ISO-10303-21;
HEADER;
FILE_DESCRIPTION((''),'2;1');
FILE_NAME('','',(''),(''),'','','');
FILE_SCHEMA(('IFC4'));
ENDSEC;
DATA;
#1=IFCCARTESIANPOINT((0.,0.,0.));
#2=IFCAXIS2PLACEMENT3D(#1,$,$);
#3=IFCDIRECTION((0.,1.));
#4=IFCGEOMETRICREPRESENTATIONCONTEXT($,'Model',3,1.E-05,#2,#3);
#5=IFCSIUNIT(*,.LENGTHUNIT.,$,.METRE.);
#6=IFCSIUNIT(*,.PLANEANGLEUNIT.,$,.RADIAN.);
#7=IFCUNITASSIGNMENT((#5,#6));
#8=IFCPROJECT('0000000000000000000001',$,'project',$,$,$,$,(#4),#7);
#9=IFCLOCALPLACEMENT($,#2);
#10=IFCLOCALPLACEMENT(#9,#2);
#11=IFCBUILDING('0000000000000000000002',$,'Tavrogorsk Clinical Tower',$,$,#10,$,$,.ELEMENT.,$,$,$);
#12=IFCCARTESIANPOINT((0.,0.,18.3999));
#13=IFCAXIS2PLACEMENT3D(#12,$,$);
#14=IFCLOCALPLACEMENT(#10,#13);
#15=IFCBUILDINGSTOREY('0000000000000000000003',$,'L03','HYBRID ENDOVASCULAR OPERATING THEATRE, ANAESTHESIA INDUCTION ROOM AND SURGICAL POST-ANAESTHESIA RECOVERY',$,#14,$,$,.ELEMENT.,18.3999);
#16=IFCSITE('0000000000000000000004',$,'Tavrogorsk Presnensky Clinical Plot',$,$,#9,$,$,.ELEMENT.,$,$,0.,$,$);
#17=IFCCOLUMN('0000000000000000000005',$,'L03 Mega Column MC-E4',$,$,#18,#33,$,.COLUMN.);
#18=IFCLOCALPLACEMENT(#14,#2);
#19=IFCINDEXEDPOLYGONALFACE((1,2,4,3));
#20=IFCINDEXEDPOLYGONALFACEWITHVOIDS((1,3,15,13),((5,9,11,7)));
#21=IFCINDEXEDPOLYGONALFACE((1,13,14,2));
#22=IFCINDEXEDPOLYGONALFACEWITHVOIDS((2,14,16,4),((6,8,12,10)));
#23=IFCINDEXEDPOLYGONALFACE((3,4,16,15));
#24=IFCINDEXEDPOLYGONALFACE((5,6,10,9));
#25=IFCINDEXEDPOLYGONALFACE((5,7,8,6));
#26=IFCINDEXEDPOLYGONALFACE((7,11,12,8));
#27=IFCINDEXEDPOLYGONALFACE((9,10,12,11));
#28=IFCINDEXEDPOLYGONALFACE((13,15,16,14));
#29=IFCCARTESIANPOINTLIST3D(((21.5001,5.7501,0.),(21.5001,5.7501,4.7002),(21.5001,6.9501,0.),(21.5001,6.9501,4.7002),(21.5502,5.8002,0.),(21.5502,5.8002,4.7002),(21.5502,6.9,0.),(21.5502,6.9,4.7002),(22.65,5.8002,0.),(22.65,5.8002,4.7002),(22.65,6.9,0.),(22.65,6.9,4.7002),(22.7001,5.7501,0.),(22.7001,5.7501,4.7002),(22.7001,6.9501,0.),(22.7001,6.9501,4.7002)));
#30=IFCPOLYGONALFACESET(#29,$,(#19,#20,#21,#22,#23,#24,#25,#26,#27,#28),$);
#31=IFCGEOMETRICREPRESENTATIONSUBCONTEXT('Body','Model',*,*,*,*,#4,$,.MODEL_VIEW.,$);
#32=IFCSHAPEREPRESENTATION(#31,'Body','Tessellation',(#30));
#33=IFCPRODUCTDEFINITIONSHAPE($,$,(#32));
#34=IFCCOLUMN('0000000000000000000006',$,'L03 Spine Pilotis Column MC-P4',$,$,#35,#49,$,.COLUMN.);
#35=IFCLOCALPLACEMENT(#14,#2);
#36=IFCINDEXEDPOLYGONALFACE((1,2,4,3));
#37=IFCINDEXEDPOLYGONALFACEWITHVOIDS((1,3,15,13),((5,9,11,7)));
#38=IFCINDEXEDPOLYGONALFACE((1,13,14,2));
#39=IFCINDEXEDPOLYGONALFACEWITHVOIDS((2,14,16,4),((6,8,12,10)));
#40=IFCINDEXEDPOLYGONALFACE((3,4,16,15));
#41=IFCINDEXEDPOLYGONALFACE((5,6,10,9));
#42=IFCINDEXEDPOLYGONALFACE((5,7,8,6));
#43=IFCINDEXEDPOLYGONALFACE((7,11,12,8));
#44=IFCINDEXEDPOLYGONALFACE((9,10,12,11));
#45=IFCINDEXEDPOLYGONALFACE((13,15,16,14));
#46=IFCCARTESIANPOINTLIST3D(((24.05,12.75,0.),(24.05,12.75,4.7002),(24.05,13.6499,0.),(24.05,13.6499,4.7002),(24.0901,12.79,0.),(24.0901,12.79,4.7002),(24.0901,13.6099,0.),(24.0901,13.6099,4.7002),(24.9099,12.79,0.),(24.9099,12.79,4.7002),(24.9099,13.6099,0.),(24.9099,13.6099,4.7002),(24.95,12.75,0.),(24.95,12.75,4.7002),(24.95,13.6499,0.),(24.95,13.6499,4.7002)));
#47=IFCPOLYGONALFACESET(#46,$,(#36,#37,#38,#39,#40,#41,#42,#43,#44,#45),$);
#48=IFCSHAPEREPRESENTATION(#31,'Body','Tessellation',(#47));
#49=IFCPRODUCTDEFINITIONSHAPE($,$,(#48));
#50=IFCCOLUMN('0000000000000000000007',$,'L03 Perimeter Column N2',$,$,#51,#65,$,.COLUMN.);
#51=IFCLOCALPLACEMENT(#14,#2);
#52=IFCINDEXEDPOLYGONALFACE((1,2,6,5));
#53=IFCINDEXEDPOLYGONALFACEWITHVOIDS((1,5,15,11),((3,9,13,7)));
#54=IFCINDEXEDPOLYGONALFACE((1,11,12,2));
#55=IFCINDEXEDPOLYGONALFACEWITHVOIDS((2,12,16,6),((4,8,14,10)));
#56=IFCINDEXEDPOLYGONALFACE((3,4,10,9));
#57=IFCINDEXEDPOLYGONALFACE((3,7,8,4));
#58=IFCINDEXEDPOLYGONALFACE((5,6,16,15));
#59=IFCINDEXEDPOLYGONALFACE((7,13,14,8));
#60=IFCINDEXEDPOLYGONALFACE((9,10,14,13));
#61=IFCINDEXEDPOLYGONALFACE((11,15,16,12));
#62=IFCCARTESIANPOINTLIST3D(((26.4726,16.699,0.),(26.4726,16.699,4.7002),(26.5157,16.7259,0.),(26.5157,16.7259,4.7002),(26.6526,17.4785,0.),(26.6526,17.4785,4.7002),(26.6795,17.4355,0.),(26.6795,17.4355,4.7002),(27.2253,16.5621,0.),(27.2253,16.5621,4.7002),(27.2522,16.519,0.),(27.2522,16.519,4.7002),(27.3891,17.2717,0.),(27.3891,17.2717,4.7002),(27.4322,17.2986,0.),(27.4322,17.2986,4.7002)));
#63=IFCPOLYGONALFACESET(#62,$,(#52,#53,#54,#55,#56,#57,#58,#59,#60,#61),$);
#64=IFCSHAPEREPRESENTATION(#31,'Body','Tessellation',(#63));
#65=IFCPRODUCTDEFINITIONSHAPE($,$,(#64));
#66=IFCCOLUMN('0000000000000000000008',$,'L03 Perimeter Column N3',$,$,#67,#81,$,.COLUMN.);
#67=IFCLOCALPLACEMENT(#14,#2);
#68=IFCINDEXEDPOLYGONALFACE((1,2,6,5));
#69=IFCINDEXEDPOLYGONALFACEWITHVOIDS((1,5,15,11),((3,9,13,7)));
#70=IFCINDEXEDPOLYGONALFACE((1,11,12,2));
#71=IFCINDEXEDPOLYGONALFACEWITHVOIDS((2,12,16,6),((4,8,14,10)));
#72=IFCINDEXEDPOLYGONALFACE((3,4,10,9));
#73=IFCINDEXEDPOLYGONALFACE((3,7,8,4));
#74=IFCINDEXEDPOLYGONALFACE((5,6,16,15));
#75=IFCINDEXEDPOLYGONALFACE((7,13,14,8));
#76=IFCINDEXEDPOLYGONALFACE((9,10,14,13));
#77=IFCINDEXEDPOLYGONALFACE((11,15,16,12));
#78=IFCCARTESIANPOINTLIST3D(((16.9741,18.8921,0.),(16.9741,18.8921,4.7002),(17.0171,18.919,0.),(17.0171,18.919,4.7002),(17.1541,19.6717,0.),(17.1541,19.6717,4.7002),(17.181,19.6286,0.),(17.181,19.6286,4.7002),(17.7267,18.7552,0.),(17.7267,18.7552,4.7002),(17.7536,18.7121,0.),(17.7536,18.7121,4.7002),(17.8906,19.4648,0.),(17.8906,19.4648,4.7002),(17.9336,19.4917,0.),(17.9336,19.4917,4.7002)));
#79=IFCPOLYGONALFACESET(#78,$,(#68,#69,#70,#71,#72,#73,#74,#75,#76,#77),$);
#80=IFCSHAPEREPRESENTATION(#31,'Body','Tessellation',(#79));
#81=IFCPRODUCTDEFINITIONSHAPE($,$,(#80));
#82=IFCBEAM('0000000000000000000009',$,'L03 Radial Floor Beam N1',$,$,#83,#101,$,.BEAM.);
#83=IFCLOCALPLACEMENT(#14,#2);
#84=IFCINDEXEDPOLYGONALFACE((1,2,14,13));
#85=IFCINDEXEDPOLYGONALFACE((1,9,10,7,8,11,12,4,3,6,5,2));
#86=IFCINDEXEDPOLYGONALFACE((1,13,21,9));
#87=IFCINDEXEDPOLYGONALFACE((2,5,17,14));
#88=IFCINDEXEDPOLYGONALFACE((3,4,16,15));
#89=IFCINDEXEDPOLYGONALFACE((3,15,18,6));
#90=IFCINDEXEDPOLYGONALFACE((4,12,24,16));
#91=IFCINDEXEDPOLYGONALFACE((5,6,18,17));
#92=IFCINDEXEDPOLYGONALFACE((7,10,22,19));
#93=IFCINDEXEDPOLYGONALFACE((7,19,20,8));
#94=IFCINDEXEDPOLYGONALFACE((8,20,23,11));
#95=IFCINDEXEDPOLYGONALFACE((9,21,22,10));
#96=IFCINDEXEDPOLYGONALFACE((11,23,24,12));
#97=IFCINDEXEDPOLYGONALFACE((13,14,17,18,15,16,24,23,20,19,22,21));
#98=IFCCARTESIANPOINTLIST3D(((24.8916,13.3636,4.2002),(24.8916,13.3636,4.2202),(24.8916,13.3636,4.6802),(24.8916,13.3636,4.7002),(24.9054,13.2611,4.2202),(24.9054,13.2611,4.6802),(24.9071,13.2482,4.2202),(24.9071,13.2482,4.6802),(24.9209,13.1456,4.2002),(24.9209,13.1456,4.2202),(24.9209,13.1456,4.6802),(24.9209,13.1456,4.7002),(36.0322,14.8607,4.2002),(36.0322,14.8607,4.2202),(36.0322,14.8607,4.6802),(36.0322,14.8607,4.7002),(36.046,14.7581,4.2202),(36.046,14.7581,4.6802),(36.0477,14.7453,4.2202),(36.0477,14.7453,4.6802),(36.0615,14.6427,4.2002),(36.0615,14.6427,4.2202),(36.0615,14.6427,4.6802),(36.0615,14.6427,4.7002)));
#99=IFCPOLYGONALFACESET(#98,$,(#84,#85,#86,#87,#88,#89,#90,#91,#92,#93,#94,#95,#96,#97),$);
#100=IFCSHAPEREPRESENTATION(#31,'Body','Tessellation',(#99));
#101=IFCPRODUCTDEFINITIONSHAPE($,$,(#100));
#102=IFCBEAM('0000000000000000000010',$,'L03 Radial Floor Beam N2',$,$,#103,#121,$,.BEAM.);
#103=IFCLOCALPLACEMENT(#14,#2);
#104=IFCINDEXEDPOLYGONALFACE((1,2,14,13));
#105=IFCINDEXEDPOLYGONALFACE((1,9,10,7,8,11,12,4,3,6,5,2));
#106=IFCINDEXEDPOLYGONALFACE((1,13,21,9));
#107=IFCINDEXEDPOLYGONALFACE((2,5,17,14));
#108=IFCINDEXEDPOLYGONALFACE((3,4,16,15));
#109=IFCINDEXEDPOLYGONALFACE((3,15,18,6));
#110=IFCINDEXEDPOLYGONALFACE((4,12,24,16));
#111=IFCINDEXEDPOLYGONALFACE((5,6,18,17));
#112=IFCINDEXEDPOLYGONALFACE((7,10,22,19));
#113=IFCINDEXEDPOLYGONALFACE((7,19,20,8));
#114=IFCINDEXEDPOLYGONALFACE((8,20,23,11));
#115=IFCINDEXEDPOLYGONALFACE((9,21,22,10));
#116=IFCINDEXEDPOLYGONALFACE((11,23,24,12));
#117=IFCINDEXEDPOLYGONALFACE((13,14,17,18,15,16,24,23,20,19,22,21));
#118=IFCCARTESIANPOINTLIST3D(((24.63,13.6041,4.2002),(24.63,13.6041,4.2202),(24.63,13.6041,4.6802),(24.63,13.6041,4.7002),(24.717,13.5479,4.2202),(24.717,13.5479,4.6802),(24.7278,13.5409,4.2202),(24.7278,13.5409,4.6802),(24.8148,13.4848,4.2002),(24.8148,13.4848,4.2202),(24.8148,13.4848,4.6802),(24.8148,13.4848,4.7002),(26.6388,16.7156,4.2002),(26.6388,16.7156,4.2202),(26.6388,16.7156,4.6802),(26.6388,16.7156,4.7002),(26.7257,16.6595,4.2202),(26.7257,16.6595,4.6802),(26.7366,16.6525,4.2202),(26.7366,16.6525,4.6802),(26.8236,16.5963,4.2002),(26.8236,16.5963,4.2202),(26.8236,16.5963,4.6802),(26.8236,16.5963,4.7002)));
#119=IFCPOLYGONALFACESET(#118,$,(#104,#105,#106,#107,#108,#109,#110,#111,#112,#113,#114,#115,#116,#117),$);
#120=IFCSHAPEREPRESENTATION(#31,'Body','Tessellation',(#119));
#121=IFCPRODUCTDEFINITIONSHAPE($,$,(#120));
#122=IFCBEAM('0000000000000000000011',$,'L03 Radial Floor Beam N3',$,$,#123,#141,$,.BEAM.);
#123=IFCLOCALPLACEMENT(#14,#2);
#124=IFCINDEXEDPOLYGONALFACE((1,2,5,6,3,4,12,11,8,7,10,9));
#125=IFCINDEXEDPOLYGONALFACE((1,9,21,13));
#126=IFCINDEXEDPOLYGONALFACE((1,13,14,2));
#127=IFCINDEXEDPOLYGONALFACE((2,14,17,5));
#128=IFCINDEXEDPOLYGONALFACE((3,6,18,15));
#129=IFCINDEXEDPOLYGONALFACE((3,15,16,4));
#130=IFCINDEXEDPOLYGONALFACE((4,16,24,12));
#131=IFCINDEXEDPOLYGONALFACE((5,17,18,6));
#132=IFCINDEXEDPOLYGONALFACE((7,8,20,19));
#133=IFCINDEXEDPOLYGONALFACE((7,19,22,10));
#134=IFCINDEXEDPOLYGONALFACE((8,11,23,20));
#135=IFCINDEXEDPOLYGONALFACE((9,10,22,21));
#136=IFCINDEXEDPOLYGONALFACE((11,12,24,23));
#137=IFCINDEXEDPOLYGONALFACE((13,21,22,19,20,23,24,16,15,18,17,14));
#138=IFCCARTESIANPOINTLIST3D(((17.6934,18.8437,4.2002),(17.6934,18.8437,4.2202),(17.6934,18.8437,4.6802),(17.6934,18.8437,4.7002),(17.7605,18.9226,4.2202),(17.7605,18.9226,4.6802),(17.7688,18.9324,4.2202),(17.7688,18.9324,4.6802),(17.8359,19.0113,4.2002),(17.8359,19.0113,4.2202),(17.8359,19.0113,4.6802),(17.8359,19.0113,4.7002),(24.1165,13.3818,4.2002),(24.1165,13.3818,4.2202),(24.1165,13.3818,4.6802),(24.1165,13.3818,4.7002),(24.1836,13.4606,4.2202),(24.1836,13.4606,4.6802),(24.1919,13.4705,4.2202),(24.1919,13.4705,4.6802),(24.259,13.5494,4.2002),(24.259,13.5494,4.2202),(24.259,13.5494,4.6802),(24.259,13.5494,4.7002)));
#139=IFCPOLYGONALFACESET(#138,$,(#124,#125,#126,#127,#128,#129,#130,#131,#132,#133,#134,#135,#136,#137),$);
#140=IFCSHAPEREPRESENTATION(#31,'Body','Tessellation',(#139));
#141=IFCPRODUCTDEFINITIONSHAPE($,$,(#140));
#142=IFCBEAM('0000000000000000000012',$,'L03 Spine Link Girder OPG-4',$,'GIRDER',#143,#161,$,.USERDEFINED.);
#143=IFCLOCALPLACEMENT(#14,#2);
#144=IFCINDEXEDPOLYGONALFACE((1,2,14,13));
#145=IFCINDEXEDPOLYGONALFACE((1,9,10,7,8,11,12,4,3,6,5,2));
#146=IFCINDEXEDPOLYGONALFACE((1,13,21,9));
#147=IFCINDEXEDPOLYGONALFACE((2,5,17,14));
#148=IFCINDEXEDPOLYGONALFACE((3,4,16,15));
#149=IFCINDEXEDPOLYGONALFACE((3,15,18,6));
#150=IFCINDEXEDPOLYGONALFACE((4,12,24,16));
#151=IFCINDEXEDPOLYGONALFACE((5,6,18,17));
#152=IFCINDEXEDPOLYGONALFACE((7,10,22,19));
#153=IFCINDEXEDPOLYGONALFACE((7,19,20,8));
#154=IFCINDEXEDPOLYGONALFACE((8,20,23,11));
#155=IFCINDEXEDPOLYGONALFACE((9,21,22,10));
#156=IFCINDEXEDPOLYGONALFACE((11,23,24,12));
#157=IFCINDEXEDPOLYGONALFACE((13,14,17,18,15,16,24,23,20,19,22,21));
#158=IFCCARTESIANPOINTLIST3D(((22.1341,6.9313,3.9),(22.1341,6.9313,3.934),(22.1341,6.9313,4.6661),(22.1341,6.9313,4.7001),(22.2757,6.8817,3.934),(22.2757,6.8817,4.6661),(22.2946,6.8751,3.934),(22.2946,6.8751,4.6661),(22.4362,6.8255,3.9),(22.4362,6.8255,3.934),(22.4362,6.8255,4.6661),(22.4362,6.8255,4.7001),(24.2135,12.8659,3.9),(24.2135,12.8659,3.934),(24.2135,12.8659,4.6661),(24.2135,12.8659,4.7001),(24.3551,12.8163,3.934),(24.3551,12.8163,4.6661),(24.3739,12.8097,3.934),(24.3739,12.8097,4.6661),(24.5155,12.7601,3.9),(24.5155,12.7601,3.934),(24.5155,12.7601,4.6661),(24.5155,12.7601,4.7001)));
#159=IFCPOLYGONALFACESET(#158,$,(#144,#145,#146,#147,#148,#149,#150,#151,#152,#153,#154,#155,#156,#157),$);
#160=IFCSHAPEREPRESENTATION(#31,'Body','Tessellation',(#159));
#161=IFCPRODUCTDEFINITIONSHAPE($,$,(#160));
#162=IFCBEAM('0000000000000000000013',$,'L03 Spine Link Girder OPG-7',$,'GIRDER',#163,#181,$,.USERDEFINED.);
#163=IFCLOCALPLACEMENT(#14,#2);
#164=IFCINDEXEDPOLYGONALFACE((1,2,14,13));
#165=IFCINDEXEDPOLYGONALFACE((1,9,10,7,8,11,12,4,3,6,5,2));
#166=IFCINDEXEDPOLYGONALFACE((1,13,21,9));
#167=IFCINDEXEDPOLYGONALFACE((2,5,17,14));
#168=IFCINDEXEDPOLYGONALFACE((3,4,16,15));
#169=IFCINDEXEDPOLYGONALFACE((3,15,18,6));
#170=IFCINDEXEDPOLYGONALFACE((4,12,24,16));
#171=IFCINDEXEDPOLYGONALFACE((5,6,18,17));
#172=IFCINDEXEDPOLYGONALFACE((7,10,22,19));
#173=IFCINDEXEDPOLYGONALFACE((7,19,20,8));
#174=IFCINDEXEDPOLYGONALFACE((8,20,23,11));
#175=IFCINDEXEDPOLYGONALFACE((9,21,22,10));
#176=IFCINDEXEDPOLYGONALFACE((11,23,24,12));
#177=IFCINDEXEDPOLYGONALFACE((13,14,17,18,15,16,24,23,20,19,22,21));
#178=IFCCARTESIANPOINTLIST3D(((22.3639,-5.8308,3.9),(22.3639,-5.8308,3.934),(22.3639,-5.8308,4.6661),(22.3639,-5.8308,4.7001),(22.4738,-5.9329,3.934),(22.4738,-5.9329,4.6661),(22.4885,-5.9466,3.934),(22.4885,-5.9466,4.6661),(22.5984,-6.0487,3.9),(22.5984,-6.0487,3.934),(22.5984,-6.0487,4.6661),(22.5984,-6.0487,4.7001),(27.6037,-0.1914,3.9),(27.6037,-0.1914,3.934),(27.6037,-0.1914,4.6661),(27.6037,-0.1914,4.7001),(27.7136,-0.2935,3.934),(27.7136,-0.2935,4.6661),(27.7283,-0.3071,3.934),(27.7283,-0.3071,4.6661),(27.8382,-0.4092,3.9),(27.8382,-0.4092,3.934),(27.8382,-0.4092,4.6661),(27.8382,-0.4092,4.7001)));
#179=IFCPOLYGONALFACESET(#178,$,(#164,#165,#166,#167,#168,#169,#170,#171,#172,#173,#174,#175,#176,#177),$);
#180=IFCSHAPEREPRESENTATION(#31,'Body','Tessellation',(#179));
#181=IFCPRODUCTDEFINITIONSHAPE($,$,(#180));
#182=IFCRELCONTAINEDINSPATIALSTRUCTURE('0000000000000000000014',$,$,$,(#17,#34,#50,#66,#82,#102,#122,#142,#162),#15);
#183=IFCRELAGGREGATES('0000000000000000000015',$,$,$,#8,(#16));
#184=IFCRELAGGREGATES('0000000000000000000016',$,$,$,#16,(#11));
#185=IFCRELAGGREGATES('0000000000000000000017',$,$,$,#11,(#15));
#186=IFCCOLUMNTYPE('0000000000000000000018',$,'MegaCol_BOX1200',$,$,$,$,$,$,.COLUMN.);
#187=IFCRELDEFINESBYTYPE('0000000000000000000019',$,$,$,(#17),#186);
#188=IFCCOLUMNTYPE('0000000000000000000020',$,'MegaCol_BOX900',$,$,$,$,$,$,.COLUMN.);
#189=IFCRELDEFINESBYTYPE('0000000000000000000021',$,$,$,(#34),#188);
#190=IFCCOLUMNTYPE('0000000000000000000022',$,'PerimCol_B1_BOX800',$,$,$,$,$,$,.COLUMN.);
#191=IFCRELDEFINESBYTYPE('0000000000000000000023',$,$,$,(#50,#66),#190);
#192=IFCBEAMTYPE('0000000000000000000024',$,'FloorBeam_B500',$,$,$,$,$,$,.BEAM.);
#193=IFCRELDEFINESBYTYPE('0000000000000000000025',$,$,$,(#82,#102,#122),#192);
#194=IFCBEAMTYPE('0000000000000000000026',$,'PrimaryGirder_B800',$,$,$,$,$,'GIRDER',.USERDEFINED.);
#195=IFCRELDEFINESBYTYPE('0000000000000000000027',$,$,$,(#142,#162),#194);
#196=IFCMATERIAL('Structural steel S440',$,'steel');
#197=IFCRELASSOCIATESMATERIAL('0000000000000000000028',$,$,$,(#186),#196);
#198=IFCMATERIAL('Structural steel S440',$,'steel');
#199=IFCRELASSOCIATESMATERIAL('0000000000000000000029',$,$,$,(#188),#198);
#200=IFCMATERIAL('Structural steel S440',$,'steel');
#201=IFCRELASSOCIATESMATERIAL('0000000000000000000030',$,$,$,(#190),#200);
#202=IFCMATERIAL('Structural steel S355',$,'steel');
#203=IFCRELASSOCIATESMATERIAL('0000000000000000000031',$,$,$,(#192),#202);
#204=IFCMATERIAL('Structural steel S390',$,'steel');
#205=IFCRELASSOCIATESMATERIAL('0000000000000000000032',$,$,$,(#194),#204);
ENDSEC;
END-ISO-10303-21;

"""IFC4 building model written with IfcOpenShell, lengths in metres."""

from ifc_helpers import new_model, si_unit, direction, frame, origin, origin_2d, place, context, subcontext, project, spatial, hollow_rectangle, i_section, extrude, material, material_profile, profile_set, type_object, element, save


model = new_model("IFC4")

# Units and contexts
model_context = context("Model", 3, precision=1e-05, world=origin(), true_north=direction((0.0, 1.0)))
body_context = subcontext(model_context, "Body", "Model", "MODEL_VIEW")
ifc_project = project(units=[si_unit("LENGTHUNIT", "METRE"), si_unit("PLANEANGLEUNIT", "RADIAN")], contexts=[model_context])

# Site, building, storey
site_placement = place(None, origin())
site = spatial("IfcSite", under=ifc_project, at=site_placement, Name="Tavrogorsk Presnensky Clinical Plot", CompositionType="ELEMENT", RefElevation=0.0)
building_placement = place(site_placement, origin())
building = spatial("IfcBuilding", under=site, at=building_placement, Name="Tavrogorsk Clinical Tower", CompositionType="ELEMENT")
storey_placement = place(building_placement, frame((0.0, 0.0, 18.3999)))
storey = spatial("IfcBuildingStorey", under=building, at=storey_placement, Name="L03", Description="HYBRID ENDOVASCULAR OPERATING THEATRE, ANAESTHESIA INDUCTION ROOM AND SURGICAL POST-ANAESTHESIA RECOVERY", CompositionType="ELEMENT", Elevation=18.3999)

# Columns
ifc_material_1 = material(Name="Structural steel S440", Category="steel")
ifc_material_profile_1 = material_profile(ifc_material_1, hollow_rectangle(XDim=1.2, YDim=1.2, WallThickness=0.05, at=origin_2d()), Name="BOX-1200x1200x50")
ifc_profile_set_1 = profile_set([ifc_material_profile_1], Name="Structural steel S440")
column_type_1 = type_object("IfcColumnType", Name="MegaCol_BOX1200", PredefinedType="COLUMN", material=ifc_profile_set_1)
column_1_placement = place(storey_placement, frame((22.1001, 6.3501, 0.0), z_axis=(0.0, 0.0, 1.0), x_axis=(1.0, 0.0, 0.0)))
element("IfcColumn", 1, at=column_1_placement, inside=storey, type_object=column_type_1, Name="L03 Mega Column MC-E4", PredefinedType="COLUMN", context=body_context, shape_type="SweptSolid", body=[
    extrude(hollow_rectangle(XDim=1.2, YDim=1.2, WallThickness=0.05, at=origin_2d()), origin(), (0.0, 0.0, 1.0), 4.7002),
])
ifc_material_2 = material(Name="Structural steel S440", Category="steel")
ifc_material_profile_2 = material_profile(ifc_material_2, hollow_rectangle(XDim=0.8999, YDim=0.8999, WallThickness=0.04, at=origin_2d()), Name="BOX-900x900x40")
ifc_profile_set_2 = profile_set([ifc_material_profile_2], Name="Structural steel S440")
column_type_2 = type_object("IfcColumnType", Name="MegaCol_BOX900", PredefinedType="COLUMN", material=ifc_profile_set_2)
column_2_placement = place(storey_placement, frame((24.5, 13.2, 0.0), z_axis=(0.0, 0.0, 1.0), x_axis=(1.0, 0.0, 0.0)))
element("IfcColumn", 2, at=column_2_placement, inside=storey, type_object=column_type_2, Name="L03 Spine Pilotis Column MC-P4", PredefinedType="COLUMN", context=body_context, shape_type="SweptSolid", body=[
    extrude(hollow_rectangle(XDim=0.8999, YDim=0.8999, WallThickness=0.04, at=origin_2d()), origin(), (0.0, 0.0, 1.0), 4.7002),
])
ifc_material_3 = material(Name="Structural steel S440", Category="steel")
ifc_material_profile_3 = material_profile(ifc_material_3, hollow_rectangle(XDim=0.8, YDim=0.8, WallThickness=0.0359, at=origin_2d()), Name="BOX-800x800x36")
ifc_profile_set_3 = profile_set([ifc_material_profile_3], Name="Structural steel S440")
column_type_3 = type_object("IfcColumnType", Name="PerimCol_B1_BOX800", PredefinedType="COLUMN", material=ifc_profile_set_3)
for number, where, z_axis, x_axis, name in (
    (3, (26.9524, 16.9988, 0.0), (0.0, 0.0, 1.0), (0.97437, -0.224951, 0.0), "L03 Perimeter Column N2"),
    (4, (17.4539, 19.1919, 0.0), (0.0, 0.0, 1.0), (0.97437, -0.224951, 0.0), "L03 Perimeter Column N3"),
):
    element("IfcColumn", number, at=place(storey_placement, frame(where, z_axis=z_axis, x_axis=x_axis)), inside=storey, type_object=column_type_3, Name=name, PredefinedType="COLUMN", context=body_context, shape_type="SweptSolid", body=[
        extrude(hollow_rectangle(XDim=0.8, YDim=0.8, WallThickness=0.0359, at=origin_2d()), origin(), (0.0, 0.0, 1.0), 4.7002),
    ])

# Beams
ifc_material_4 = material(Name="Structural steel S355", Category="steel")
ifc_material_profile_4 = material_profile(ifc_material_4, i_section(OverallWidth=0.22, OverallDepth=0.5, WebThickness=0.0129, FlangeThickness=0.02, at=origin_2d()), Name="B-500x220x13x20")
ifc_profile_set_4 = profile_set([ifc_material_profile_4], Name="Structural steel S355")
beam_type_1 = type_object("IfcBeamType", Name="FloorBeam_B500", PredefinedType="BEAM", material=ifc_profile_set_4)
beam_1_placement = place(storey_placement, frame((24.9062, 13.2546, 4.4502), z_axis=(0.991092, 0.133182, 0.0), x_axis=(-0.133182, 0.991092, 0.0)))
element("IfcBeam", 5, at=beam_1_placement, inside=storey, type_object=beam_type_1, Name="L03 Radial Floor Beam N1", PredefinedType="BEAM", context=body_context, shape_type="SweptSolid", body=[
    extrude(i_section(OverallWidth=0.22, OverallDepth=0.5, WebThickness=0.0129, FlangeThickness=0.02, at=origin_2d()), origin(), (0.0, 0.0, 1.0), 11.2407),
])
beam_2_placement = place(storey_placement, frame((24.7224, 13.5444, 4.4502), z_axis=(0.542379, 0.840134, 0.0), x_axis=(-0.840134, 0.542379, 0.0)))
element("IfcBeam", 6, at=beam_2_placement, inside=storey, type_object=beam_type_1, Name="L03 Radial Floor Beam N2", PredefinedType="BEAM", context=body_context, shape_type="SweptSolid", body=[
    extrude(i_section(OverallWidth=0.22, OverallDepth=0.5, WebThickness=0.0129, FlangeThickness=0.02, at=origin_2d()), origin(), (0.0, 0.0, 1.0), 3.7036),
])
beam_3_placement = place(storey_placement, frame((24.1877, 13.4656, 4.4502), z_axis=(-0.761806, 0.647806, 0.0), x_axis=(-0.647806, -0.761806, 0.0)))
element("IfcBeam", 7, at=beam_3_placement, inside=storey, type_object=beam_type_1, Name="L03 Radial Floor Beam N3", PredefinedType="BEAM", context=body_context, shape_type="SweptSolid", body=[
    extrude(i_section(OverallWidth=0.22, OverallDepth=0.5, WebThickness=0.0129, FlangeThickness=0.02, at=origin_2d()), origin(), (0.0, 0.0, 1.0), 8.4314),
])
ifc_material_5 = material(Name="Structural steel S390", Category="steel")
ifc_material_profile_5 = material_profile(ifc_material_5, i_section(OverallWidth=0.3201, OverallDepth=0.8, WebThickness=0.02, FlangeThickness=0.0339, at=origin_2d()), Name="B-800x320x20x34")
ifc_profile_set_5 = profile_set([ifc_material_profile_5], Name="Structural steel S390")
beam_type_2 = type_object("IfcBeamType", Name="PrimaryGirder_B800", ElementType="GIRDER", PredefinedType="USERDEFINED", material=ifc_profile_set_5)
beam_4_placement = place(storey_placement, frame((24.3645, 12.813, 4.3), z_axis=(-0.330669, -0.943747, 0.0), x_axis=(0.943747, -0.330669, 0.0)))
element("IfcBeam", 8, at=beam_4_placement, inside=storey, type_object=beam_type_2, Name="L03 Spine Link Girder OPG-4", ObjectType="GIRDER", PredefinedType="USERDEFINED", context=body_context, shape_type="SweptSolid", body=[
    extrude(i_section(OverallWidth=0.3201, OverallDepth=0.8, WebThickness=0.02, FlangeThickness=0.0339, at=origin_2d()), origin(), (0.0, 0.0, 1.0), 6.2883),
])
for number, where, z_axis, x_axis, name in (
    (9, (27.7209, -0.3003, 4.3), (-0.680671, -0.732589, 0.0), (0.732589, -0.680671, 0.0), "L03 Spine Link Girder OPG-7"),
):
    element("IfcBeam", number, at=place(storey_placement, frame(where, z_axis=z_axis, x_axis=x_axis)), inside=storey, type_object=beam_type_2, Name=name, ObjectType="GIRDER", PredefinedType="USERDEFINED", context=body_context, shape_type="SweptSolid", body=[
        extrude(i_section(OverallWidth=0.3201, OverallDepth=0.8, WebThickness=0.02, FlangeThickness=0.0339, at=origin_2d()), origin(), (0.0, 0.0, 1.0), 7.698),
    ])

save(model, "model.ifc")
